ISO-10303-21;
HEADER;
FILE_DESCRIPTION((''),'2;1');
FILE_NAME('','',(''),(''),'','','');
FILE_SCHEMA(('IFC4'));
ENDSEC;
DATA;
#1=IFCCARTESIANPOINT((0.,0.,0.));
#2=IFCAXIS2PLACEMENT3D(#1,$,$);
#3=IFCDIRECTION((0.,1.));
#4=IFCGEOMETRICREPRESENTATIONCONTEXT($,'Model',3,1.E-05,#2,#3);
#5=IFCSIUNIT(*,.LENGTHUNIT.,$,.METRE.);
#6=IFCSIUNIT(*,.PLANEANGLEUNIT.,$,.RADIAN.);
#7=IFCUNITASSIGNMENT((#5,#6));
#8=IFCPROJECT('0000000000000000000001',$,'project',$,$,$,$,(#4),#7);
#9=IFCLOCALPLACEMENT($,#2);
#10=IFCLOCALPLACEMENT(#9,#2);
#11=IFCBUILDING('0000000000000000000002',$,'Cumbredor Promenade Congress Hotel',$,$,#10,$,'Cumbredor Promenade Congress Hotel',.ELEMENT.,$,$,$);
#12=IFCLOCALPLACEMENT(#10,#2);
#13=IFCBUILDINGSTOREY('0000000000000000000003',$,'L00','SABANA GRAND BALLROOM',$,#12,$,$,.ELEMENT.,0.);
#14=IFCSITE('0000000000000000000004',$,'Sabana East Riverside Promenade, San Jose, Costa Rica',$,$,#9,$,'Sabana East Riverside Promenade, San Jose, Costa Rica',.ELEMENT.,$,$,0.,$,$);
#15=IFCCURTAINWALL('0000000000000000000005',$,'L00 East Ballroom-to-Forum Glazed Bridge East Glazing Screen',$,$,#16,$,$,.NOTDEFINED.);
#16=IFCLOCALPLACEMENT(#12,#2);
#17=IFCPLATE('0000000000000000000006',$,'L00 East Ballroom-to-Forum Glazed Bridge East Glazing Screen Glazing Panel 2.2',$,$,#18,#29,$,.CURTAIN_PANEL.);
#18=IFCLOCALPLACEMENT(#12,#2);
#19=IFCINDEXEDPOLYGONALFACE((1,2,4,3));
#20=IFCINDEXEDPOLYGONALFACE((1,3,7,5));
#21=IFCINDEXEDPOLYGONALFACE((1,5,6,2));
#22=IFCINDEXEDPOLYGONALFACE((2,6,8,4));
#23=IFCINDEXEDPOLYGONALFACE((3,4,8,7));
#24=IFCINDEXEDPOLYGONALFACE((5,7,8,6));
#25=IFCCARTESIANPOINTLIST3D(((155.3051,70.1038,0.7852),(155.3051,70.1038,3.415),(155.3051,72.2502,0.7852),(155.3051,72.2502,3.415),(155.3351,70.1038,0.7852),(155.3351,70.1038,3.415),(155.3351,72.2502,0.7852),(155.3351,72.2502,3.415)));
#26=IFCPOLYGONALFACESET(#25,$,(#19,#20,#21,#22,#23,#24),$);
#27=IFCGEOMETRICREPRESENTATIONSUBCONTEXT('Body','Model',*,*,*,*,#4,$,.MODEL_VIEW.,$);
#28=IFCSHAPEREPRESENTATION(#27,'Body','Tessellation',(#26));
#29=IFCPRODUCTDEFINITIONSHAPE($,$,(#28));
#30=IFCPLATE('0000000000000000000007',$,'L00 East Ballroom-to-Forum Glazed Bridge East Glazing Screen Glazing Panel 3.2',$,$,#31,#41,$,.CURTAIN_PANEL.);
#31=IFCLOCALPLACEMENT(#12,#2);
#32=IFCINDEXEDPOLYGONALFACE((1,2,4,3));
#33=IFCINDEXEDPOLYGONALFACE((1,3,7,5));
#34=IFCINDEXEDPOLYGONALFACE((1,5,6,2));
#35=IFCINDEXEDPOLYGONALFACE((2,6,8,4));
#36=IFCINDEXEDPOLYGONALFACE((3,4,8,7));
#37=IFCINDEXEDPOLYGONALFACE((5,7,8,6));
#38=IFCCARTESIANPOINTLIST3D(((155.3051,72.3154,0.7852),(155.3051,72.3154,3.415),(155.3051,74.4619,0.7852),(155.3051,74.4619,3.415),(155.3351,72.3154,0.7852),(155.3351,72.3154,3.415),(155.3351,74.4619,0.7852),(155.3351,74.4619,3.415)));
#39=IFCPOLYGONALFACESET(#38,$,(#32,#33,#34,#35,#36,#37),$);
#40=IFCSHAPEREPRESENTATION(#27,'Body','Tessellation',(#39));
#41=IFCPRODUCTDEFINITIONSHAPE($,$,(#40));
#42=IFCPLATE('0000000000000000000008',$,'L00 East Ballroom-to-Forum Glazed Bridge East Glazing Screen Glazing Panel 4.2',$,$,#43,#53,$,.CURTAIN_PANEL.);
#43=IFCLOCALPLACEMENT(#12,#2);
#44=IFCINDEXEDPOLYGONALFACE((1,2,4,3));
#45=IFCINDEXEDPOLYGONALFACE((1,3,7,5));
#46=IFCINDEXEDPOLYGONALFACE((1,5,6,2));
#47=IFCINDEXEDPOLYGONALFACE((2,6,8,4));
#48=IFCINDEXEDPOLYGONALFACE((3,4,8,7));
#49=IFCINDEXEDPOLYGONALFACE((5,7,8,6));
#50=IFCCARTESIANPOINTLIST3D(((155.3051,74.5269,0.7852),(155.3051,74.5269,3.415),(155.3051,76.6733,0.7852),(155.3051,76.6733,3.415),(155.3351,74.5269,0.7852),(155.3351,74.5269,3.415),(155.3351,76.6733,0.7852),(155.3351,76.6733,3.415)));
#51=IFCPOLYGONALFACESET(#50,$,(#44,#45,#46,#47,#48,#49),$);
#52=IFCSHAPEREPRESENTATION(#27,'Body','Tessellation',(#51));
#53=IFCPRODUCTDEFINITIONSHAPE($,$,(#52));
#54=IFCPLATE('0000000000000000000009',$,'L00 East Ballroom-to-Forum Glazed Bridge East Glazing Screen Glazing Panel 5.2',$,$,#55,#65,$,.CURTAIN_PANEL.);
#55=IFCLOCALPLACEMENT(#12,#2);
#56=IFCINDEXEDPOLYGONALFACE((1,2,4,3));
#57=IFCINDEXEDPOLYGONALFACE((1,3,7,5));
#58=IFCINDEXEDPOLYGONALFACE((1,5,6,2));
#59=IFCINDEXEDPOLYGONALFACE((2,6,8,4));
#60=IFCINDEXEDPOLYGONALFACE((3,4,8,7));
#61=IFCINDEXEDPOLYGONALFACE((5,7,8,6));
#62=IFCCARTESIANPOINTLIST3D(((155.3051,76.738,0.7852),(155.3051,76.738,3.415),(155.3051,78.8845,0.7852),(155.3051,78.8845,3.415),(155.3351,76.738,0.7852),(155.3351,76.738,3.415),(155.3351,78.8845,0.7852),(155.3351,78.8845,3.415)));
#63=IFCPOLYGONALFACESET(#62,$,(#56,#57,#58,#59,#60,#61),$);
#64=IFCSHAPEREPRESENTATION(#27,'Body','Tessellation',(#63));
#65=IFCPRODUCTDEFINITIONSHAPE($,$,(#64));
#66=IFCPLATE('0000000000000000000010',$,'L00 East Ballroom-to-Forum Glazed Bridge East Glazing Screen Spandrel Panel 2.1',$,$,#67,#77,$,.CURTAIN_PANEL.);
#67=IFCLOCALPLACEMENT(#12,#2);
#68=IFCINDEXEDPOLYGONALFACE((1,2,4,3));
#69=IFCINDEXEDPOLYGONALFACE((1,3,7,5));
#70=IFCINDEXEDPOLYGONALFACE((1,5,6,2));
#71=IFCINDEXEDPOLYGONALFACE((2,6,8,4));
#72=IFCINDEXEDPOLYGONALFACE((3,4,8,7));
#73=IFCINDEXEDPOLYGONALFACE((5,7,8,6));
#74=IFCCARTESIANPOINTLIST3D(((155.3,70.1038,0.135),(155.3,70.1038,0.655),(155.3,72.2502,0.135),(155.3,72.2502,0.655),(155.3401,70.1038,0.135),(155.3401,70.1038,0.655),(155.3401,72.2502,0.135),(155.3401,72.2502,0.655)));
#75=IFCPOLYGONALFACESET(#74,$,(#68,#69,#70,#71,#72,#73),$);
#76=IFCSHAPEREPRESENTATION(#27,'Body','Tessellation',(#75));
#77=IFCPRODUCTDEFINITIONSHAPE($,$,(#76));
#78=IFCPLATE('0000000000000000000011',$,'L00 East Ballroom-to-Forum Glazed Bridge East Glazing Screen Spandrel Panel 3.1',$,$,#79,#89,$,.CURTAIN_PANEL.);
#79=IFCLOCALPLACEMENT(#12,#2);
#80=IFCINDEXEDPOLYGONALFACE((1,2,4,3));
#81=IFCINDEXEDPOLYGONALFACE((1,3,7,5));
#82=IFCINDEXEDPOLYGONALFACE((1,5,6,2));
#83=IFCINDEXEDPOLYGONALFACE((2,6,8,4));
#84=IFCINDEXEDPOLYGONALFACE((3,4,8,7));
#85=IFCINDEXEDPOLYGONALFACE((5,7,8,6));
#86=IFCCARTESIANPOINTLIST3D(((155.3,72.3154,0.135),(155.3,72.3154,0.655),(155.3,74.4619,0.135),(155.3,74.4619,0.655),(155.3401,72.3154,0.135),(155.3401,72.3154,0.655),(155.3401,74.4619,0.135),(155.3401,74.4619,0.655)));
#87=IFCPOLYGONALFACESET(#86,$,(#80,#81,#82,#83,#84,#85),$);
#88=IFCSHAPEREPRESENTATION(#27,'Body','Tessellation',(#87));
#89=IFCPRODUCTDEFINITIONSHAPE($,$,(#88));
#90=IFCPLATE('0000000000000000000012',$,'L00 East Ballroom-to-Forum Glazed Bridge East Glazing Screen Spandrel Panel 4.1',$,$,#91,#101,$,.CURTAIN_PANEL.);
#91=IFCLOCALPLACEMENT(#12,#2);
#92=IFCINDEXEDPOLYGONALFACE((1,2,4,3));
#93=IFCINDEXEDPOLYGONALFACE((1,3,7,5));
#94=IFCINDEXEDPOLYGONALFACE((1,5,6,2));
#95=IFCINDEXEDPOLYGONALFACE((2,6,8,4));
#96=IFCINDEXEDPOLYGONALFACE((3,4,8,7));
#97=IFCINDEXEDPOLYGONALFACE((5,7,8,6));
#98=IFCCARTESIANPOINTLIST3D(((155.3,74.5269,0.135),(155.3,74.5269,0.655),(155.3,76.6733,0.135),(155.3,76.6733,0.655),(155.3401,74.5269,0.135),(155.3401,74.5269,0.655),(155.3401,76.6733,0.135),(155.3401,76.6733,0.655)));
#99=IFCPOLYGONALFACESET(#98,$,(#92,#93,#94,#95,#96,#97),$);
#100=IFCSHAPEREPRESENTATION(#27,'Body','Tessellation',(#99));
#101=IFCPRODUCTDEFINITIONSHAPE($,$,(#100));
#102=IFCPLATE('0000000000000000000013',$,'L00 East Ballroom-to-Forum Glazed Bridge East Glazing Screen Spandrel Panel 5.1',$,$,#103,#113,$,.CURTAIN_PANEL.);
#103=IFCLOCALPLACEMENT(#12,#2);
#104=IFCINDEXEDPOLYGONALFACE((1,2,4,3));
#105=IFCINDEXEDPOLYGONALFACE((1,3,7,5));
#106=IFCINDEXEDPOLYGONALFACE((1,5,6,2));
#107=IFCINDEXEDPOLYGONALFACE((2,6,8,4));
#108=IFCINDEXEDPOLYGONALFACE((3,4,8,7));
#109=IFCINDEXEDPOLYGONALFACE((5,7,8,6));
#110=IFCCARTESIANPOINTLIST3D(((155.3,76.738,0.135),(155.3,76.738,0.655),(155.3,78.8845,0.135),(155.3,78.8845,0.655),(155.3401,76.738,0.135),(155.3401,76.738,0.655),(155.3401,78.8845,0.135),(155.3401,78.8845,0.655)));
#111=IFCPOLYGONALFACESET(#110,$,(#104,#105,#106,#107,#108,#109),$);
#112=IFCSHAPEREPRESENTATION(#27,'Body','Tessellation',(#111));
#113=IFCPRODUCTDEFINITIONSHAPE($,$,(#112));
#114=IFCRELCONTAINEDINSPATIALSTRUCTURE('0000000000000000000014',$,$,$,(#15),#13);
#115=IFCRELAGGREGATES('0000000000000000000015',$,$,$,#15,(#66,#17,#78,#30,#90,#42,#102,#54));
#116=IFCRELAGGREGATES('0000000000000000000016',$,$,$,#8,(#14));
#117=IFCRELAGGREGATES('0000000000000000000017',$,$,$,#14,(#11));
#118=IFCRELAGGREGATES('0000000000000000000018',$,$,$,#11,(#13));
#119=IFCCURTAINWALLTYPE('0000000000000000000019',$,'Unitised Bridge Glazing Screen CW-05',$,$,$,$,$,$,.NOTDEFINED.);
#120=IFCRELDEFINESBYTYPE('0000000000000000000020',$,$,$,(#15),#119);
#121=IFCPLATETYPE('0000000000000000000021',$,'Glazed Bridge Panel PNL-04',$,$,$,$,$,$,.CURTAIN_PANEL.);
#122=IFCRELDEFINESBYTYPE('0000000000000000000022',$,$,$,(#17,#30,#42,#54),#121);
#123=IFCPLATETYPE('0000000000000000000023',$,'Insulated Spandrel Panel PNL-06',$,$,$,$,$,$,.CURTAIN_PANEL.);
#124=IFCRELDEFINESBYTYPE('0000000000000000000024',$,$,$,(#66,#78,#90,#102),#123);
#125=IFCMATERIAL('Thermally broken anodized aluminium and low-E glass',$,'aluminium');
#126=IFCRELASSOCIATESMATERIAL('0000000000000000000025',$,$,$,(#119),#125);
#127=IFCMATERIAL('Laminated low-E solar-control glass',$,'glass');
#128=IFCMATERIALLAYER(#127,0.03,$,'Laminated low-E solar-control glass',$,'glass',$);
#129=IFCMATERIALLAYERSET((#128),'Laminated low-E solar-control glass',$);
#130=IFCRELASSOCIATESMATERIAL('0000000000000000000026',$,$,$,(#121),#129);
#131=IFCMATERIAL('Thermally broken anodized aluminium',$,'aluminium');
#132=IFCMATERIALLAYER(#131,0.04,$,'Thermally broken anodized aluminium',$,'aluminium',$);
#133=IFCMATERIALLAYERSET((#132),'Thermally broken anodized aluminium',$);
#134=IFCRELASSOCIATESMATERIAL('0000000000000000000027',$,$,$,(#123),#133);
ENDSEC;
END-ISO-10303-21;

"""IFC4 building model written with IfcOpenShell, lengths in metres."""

from ifc_helpers import new_model, si_unit, direction, frame, origin, origin_2d, place, context, subcontext, project, spatial, rectangle, extrude, material, layer, layer_set, type_object, element, aggregate, save


model = new_model("IFC4")

# Units and contexts
model_context = context("Model", 3, precision=1e-05, world=origin(), true_north=direction((0.0, 1.0)))
body_context = subcontext(model_context, "Body", "Model", "MODEL_VIEW")
ifc_project = project(units=[si_unit("LENGTHUNIT", "METRE"), si_unit("PLANEANGLEUNIT", "RADIAN")], contexts=[model_context])

# Site, building, storey
site_placement = place(None, origin())
site = spatial("IfcSite", under=ifc_project, at=site_placement, Name="Sabana East Riverside Promenade, San Jose, Costa Rica", LongName="Sabana East Riverside Promenade, San Jose, Costa Rica", CompositionType="ELEMENT", RefElevation=0.0)
building_placement = place(site_placement, origin())
building = spatial("IfcBuilding", under=site, at=building_placement, Name="Cumbredor Promenade Congress Hotel", LongName="Cumbredor Promenade Congress Hotel", CompositionType="ELEMENT")
storey_placement = place(building_placement, origin())
storey = spatial("IfcBuildingStorey", under=building, at=storey_placement, Name="L00", Description="SABANA GRAND BALLROOM", CompositionType="ELEMENT", Elevation=0.0)

# Curtain wall
ifc_material_1 = material(Name="Thermally broken anodized aluminium and low-E glass", Category="aluminium")
curtain_wall_type = type_object("IfcCurtainWallType", Name="Unitised Bridge Glazing Screen CW-05", PredefinedType="NOTDEFINED", material=ifc_material_1)
curtain_wall_placement = place(storey_placement, origin())
curtain_wall = element("IfcCurtainWall", 1, at=curtain_wall_placement, inside=storey, type_object=curtain_wall_type, Name="L00 East Ballroom-to-Forum Glazed Bridge East Glazing Screen", PredefinedType="NOTDEFINED")
ifc_material_2 = material(Name="Thermally broken anodized aluminium", Category="aluminium")

# Plates
ifc_material_3 = material(Name="Laminated low-E solar-control glass", Category="glass")
ifc_layer_1 = layer(ifc_material_3, 0.03, Name="Laminated low-E solar-control glass", Category="glass")
ifc_layer_set_1 = layer_set([ifc_layer_1], Name="Laminated low-E solar-control glass")
plate_type_1 = type_object("IfcPlateType", Name="Glazed Bridge Panel PNL-04", PredefinedType="CURTAIN_PANEL", material=ifc_layer_set_1)
plate_1_placement = place(storey_placement, frame((155.3201, 71.177, 0.7852), z_axis=(0.0, 0.0, 1.0), x_axis=(0.0, 1.0, 0.0)))
plate_1 = element("IfcPlate", 2, at=plate_1_placement, type_object=plate_type_1, Name="L00 East Ballroom-to-Forum Glazed Bridge East Glazing Screen Glazing Panel 2.2", PredefinedType="CURTAIN_PANEL", context=body_context, shape_type="SweptSolid", body=[
    extrude(rectangle(XDim=2.1465, YDim=0.03, at=origin_2d()), origin(), (0.0, 0.0, 1.0), 2.6299),
])
plate_2_placement = place(storey_placement, frame((155.3201, 73.3887, 0.7852), z_axis=(0.0, 0.0, 1.0), x_axis=(0.0, 1.0, 0.0)))
plate_2 = element("IfcPlate", 3, at=plate_2_placement, type_object=plate_type_1, Name="L00 East Ballroom-to-Forum Glazed Bridge East Glazing Screen Glazing Panel 3.2", PredefinedType="CURTAIN_PANEL", context=body_context, shape_type="SweptSolid", body=[
    extrude(rectangle(XDim=2.1465, YDim=0.03, at=origin_2d()), origin(), (0.0, 0.0, 1.0), 2.6299),
])
plate_3_placement = place(storey_placement, frame((155.3201, 75.6001, 0.7852), z_axis=(0.0, 0.0, 1.0), x_axis=(0.0, 1.0, 0.0)))
plate_3 = element("IfcPlate", 4, at=plate_3_placement, type_object=plate_type_1, Name="L00 East Ballroom-to-Forum Glazed Bridge East Glazing Screen Glazing Panel 4.2", PredefinedType="CURTAIN_PANEL", context=body_context, shape_type="SweptSolid", body=[
    extrude(rectangle(XDim=2.1465, YDim=0.03, at=origin_2d()), origin(), (0.0, 0.0, 1.0), 2.6299),
])
plate_4_placement = place(storey_placement, frame((155.3201, 77.8113, 0.7852), z_axis=(0.0, 0.0, 1.0), x_axis=(0.0, 1.0, 0.0)))
plate_4 = element("IfcPlate", 5, at=plate_4_placement, type_object=plate_type_1, Name="L00 East Ballroom-to-Forum Glazed Bridge East Glazing Screen Glazing Panel 5.2", PredefinedType="CURTAIN_PANEL", context=body_context, shape_type="SweptSolid", body=[
    extrude(rectangle(XDim=2.1465, YDim=0.03, at=origin_2d()), origin(), (0.0, 0.0, 1.0), 2.6299),
])
ifc_layer_2 = layer(ifc_material_2, 0.04, Name="Thermally broken anodized aluminium", Category="aluminium")
ifc_layer_set_2 = layer_set([ifc_layer_2], Name="Thermally broken anodized aluminium")
plate_type_2 = type_object("IfcPlateType", Name="Insulated Spandrel Panel PNL-06", PredefinedType="CURTAIN_PANEL", material=ifc_layer_set_2)
plate_5_placement = place(storey_placement, frame((155.3201, 71.177, 0.135), z_axis=(0.0, 0.0, 1.0), x_axis=(0.0, 1.0, 0.0)))
plate_5 = element("IfcPlate", 6, at=plate_5_placement, type_object=plate_type_2, Name="L00 East Ballroom-to-Forum Glazed Bridge East Glazing Screen Spandrel Panel 2.1", PredefinedType="CURTAIN_PANEL", context=body_context, shape_type="SweptSolid", body=[
    extrude(rectangle(XDim=2.1465, YDim=0.04, at=origin_2d()), origin(), (0.0, 0.0, 1.0), 0.52),
])
plate_6_placement = place(storey_placement, frame((155.3201, 73.3887, 0.135), z_axis=(0.0, 0.0, 1.0), x_axis=(0.0, 1.0, 0.0)))
plate_6 = element("IfcPlate", 7, at=plate_6_placement, type_object=plate_type_2, Name="L00 East Ballroom-to-Forum Glazed Bridge East Glazing Screen Spandrel Panel 3.1", PredefinedType="CURTAIN_PANEL", context=body_context, shape_type="SweptSolid", body=[
    extrude(rectangle(XDim=2.1465, YDim=0.04, at=origin_2d()), origin(), (0.0, 0.0, 1.0), 0.52),
])
plate_7_placement = place(storey_placement, frame((155.3201, 75.6001, 0.135), z_axis=(0.0, 0.0, 1.0), x_axis=(0.0, 1.0, 0.0)))
plate_7 = element("IfcPlate", 8, at=plate_7_placement, type_object=plate_type_2, Name="L00 East Ballroom-to-Forum Glazed Bridge East Glazing Screen Spandrel Panel 4.1", PredefinedType="CURTAIN_PANEL", context=body_context, shape_type="SweptSolid", body=[
    extrude(rectangle(XDim=2.1465, YDim=0.04, at=origin_2d()), origin(), (0.0, 0.0, 1.0), 0.52),
])
plate_8_placement = place(storey_placement, frame((155.3201, 77.8113, 0.135), z_axis=(0.0, 0.0, 1.0), x_axis=(0.0, 1.0, 0.0)))
plate_8 = element("IfcPlate", 9, at=plate_8_placement, type_object=plate_type_2, Name="L00 East Ballroom-to-Forum Glazed Bridge East Glazing Screen Spandrel Panel 5.1", PredefinedType="CURTAIN_PANEL", context=body_context, shape_type="SweptSolid", body=[
    extrude(rectangle(XDim=2.1465, YDim=0.04, at=origin_2d()), origin(), (0.0, 0.0, 1.0), 0.52),
])
aggregate(curtain_wall, [plate_5, plate_1, plate_6, plate_2, plate_7, plate_3, plate_8, plate_4])

save(model, "model.ifc")
